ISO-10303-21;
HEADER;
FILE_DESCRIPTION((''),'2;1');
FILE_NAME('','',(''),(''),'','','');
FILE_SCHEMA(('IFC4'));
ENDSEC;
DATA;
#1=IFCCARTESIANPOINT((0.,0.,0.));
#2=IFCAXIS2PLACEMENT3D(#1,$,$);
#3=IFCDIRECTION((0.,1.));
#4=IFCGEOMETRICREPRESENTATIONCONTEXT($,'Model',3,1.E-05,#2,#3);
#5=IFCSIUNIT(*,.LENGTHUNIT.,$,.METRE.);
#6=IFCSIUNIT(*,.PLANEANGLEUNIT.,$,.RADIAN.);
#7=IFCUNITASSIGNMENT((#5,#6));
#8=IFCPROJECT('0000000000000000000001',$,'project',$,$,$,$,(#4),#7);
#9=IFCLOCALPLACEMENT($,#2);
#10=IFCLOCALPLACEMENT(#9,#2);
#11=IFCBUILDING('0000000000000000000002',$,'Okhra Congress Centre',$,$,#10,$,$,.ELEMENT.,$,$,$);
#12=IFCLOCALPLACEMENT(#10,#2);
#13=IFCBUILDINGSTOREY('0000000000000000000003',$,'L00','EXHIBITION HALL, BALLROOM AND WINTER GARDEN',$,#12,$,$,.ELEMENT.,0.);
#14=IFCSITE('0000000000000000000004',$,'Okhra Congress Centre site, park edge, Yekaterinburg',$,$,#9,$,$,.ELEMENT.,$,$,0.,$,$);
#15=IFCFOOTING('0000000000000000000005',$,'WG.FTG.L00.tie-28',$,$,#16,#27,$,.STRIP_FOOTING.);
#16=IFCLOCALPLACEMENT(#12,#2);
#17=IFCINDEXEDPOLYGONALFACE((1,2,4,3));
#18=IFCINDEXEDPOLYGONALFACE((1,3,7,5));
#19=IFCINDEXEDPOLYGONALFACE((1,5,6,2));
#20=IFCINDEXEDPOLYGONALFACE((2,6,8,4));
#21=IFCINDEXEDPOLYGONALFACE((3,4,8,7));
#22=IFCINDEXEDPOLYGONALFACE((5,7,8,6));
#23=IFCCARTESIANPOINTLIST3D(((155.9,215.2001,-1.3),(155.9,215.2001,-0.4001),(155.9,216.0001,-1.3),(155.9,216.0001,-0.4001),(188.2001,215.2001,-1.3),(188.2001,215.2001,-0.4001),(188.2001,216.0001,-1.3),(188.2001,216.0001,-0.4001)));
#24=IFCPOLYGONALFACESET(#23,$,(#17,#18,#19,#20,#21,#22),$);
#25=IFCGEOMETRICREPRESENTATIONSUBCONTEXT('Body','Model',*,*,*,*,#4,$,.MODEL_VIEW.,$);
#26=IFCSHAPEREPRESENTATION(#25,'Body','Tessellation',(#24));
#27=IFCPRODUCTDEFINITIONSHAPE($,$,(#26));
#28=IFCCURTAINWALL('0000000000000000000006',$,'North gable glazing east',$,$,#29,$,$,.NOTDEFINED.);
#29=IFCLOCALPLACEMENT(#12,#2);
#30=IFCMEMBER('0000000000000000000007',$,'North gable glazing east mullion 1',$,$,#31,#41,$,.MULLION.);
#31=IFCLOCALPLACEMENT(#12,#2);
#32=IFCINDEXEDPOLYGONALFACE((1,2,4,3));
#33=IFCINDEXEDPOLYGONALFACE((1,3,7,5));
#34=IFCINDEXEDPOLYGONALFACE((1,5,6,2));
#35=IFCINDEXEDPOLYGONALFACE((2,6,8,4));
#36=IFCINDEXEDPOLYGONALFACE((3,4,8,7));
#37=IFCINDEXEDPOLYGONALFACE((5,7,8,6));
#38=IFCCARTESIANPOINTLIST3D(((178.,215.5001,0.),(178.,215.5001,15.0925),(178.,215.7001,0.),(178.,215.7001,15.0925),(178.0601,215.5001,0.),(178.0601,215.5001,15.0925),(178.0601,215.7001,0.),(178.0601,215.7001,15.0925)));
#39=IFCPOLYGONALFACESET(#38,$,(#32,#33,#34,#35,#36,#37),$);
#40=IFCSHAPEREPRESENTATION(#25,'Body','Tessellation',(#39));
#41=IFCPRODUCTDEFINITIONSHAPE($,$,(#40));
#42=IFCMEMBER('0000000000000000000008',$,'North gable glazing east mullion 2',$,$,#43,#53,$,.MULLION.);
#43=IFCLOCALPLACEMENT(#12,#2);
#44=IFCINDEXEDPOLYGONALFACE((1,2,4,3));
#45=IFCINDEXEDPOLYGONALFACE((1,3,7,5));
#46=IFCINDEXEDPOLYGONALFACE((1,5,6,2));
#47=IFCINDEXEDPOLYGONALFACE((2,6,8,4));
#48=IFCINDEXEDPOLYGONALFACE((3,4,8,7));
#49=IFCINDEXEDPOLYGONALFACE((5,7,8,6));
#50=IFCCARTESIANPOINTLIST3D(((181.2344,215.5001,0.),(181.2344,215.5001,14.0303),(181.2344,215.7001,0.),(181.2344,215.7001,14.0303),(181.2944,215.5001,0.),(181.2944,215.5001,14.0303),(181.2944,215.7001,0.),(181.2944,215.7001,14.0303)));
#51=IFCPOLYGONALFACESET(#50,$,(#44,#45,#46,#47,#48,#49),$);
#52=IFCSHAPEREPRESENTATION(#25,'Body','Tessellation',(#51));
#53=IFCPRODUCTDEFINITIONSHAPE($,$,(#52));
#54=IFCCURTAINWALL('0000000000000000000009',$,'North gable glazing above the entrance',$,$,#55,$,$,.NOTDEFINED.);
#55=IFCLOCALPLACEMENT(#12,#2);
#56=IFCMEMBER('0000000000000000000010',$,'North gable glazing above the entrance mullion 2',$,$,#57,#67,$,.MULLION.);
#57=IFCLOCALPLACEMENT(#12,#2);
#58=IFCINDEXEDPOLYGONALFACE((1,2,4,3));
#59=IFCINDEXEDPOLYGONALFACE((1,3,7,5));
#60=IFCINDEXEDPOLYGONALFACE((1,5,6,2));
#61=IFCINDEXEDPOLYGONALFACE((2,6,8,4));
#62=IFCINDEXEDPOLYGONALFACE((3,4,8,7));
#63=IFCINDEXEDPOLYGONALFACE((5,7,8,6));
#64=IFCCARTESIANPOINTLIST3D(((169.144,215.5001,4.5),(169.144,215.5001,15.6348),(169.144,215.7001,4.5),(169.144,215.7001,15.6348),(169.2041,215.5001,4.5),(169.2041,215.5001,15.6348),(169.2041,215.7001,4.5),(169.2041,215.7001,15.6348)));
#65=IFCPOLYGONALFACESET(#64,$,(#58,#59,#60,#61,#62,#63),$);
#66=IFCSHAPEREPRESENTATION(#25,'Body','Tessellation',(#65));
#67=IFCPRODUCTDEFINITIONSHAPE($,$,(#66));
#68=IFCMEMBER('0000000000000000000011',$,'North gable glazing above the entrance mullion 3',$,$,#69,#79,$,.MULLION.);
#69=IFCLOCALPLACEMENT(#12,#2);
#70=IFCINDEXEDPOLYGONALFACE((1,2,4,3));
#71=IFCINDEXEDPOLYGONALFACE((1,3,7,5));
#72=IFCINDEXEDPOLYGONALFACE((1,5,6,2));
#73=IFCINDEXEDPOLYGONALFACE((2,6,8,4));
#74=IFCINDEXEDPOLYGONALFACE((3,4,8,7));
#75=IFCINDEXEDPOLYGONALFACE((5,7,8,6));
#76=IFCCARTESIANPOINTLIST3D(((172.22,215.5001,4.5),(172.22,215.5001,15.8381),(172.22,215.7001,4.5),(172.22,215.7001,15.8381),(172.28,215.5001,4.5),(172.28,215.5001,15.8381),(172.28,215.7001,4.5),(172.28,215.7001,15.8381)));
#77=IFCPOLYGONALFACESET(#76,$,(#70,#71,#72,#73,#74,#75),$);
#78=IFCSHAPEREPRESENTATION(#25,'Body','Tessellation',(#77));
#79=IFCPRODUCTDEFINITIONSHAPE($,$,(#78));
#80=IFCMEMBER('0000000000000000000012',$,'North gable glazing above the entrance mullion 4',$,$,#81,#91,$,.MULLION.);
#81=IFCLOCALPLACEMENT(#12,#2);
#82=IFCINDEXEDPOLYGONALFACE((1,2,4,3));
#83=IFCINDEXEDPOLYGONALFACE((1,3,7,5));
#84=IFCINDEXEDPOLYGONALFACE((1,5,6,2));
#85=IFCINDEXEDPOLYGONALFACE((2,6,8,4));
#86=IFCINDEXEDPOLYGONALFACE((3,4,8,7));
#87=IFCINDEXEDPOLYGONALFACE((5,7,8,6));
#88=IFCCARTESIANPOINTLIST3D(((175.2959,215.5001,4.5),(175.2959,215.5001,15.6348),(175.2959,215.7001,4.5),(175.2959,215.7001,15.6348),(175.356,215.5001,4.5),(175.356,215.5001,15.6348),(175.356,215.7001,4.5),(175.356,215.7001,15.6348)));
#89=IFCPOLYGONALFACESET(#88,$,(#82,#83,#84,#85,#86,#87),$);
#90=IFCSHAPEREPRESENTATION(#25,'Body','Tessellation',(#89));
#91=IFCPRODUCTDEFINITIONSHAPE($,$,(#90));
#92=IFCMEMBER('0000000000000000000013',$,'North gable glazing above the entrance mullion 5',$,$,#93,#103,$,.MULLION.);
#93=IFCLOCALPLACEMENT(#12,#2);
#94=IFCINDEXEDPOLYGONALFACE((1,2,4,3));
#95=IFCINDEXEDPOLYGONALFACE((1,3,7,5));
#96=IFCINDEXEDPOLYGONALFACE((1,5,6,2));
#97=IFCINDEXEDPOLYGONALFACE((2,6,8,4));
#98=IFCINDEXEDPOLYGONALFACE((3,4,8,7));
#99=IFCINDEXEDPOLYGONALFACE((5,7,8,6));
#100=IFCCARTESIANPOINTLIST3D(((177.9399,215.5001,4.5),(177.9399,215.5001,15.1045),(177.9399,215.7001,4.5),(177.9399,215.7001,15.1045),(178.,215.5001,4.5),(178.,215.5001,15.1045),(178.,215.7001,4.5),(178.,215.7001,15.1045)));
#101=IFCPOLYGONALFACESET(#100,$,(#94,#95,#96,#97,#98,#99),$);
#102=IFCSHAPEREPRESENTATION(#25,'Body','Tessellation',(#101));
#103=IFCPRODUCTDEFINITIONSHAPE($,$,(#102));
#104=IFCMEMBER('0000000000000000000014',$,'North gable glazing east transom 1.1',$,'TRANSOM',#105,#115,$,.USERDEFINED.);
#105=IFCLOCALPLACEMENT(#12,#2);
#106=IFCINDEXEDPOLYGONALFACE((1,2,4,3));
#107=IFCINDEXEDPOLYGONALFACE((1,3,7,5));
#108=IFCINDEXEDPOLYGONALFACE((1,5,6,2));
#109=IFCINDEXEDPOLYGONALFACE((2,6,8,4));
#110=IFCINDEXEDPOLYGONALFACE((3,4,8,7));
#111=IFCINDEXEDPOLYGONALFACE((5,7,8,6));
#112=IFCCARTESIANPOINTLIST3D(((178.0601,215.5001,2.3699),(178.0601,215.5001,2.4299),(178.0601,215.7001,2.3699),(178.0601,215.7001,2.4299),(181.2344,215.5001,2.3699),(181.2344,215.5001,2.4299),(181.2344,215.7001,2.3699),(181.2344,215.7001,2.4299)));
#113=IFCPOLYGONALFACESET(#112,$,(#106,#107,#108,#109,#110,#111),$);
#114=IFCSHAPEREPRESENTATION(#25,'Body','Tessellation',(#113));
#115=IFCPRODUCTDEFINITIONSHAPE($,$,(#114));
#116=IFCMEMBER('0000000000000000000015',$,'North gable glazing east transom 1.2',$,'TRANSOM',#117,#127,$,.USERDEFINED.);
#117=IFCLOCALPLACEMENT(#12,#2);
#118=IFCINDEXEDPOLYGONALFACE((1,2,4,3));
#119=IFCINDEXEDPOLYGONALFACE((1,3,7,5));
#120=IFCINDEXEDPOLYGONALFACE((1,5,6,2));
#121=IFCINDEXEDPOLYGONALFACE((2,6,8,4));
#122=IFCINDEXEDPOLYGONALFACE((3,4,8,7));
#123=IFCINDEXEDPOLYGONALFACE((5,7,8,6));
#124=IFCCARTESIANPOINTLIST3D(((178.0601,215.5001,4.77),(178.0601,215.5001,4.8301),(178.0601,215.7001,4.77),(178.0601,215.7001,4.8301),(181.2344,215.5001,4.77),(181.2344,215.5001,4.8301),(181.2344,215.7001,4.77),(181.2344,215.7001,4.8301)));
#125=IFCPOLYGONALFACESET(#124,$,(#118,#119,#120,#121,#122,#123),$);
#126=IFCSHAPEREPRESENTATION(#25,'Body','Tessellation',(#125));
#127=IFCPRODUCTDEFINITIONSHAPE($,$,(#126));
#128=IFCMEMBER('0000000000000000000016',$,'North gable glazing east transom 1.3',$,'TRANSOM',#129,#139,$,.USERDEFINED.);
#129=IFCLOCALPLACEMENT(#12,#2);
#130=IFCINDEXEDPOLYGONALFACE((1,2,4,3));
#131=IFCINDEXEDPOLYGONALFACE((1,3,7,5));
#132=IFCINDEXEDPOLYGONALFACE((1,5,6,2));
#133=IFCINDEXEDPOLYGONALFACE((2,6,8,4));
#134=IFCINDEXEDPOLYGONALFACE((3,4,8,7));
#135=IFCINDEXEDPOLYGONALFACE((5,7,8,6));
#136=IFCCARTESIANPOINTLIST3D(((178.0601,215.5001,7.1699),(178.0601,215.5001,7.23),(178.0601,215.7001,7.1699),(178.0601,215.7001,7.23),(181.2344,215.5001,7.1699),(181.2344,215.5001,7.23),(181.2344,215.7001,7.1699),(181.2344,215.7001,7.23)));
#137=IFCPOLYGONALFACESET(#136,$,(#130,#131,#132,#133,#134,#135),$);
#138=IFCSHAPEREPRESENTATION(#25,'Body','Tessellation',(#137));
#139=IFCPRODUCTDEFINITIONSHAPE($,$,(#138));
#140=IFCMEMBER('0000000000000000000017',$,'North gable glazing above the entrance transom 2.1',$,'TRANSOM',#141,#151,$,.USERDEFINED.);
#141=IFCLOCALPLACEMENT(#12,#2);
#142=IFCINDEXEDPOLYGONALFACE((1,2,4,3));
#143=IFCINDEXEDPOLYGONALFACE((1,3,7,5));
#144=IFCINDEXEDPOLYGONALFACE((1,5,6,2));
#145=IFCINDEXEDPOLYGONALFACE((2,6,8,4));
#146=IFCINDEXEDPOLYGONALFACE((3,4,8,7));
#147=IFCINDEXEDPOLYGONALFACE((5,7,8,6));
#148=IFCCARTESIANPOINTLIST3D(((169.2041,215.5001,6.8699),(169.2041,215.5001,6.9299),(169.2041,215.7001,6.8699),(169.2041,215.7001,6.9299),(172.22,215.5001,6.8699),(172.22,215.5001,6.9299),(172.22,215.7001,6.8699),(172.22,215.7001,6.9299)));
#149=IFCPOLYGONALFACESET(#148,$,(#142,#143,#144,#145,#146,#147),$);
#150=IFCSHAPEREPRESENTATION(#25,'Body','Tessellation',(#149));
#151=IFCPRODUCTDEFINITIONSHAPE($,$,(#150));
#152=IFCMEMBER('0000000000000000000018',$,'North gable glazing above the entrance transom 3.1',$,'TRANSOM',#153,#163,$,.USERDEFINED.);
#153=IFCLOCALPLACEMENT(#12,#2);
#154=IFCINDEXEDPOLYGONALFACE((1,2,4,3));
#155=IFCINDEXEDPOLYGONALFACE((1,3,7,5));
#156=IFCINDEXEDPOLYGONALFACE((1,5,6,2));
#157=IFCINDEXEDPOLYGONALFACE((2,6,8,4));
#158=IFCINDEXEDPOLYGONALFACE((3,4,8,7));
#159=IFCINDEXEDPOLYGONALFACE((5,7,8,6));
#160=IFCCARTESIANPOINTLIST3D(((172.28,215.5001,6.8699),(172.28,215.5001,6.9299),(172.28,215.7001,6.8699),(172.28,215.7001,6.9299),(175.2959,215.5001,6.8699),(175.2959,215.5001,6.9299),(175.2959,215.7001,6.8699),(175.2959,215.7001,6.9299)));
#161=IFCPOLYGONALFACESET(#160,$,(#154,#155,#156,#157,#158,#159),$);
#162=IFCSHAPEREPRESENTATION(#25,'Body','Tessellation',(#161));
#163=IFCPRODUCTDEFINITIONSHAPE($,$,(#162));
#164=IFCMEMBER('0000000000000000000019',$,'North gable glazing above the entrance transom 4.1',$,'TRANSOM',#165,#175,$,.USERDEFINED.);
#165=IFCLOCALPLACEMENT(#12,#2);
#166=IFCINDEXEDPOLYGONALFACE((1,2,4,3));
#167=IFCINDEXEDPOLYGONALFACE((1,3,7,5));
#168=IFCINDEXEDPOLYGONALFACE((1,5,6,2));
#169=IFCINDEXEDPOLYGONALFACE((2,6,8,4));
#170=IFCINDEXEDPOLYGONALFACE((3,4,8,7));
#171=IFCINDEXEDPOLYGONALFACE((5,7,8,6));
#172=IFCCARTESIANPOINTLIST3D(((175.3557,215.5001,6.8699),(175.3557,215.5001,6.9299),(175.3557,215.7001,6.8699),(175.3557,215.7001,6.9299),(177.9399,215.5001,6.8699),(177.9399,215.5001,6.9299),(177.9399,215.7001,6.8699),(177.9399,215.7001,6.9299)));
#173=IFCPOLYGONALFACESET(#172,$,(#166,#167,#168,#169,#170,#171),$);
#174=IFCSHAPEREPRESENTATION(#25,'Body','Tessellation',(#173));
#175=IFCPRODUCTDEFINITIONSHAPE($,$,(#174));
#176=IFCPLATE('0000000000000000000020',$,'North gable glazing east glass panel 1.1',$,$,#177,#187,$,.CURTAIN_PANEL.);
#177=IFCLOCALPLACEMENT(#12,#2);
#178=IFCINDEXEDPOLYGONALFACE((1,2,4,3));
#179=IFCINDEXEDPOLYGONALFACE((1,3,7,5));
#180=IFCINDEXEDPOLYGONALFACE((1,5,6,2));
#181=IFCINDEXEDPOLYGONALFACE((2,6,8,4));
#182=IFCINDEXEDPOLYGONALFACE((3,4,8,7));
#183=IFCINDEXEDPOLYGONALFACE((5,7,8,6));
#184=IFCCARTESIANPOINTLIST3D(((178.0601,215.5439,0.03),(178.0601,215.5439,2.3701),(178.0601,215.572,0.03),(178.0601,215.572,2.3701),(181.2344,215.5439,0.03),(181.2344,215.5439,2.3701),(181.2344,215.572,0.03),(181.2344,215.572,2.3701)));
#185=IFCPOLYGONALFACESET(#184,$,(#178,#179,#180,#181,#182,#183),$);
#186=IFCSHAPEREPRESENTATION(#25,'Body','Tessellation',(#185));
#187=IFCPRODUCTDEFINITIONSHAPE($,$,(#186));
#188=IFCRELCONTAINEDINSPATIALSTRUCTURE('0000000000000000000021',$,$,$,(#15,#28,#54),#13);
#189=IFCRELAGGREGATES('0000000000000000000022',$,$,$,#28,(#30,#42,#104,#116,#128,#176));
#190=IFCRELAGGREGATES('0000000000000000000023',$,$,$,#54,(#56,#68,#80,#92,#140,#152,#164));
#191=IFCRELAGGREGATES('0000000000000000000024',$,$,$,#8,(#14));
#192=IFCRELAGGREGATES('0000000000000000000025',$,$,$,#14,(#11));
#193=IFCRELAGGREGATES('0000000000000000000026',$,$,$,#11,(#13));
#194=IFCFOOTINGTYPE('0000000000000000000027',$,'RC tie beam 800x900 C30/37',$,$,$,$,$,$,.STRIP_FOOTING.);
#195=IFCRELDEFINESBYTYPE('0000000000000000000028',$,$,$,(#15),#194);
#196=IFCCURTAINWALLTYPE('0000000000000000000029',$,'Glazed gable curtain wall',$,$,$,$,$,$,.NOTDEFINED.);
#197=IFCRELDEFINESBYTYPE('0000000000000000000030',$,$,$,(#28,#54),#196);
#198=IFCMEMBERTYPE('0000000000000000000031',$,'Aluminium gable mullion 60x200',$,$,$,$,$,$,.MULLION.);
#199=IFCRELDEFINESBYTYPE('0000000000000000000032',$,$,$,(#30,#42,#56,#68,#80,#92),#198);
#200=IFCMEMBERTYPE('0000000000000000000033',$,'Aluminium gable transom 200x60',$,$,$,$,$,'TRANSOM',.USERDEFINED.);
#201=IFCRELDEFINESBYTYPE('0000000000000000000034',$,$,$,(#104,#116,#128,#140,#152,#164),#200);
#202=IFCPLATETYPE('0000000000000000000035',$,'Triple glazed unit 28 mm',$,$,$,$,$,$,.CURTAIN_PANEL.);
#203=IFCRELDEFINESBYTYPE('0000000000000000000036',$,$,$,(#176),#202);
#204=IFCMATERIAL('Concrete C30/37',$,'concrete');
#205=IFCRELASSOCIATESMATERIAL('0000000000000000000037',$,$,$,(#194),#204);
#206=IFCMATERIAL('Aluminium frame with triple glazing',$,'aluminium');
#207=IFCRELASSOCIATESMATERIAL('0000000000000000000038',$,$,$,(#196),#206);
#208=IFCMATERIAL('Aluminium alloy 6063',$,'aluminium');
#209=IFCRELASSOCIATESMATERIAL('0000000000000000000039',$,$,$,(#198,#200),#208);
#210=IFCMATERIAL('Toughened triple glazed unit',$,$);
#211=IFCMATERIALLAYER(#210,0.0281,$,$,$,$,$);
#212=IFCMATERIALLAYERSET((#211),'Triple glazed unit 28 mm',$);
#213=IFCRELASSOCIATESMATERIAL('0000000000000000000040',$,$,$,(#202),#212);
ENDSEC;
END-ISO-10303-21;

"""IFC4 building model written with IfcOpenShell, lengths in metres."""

from ifc_helpers import new_model, si_unit, direction, frame, origin, origin_2d, place, context, subcontext, project, spatial, polyline, rectangle, outline, extrude, material, layer, layer_set, material_profile, profile_set, type_object, element, aggregate, save


model = new_model("IFC4")

# Units and contexts
model_context = context("Model", 3, precision=1e-05, world=origin(), true_north=direction((0.0, 1.0)))
body_context = subcontext(model_context, "Body", "Model", "MODEL_VIEW")
ifc_project = project(units=[si_unit("LENGTHUNIT", "METRE"), si_unit("PLANEANGLEUNIT", "RADIAN")], contexts=[model_context])

# Site, building, storey
site_placement = place(None, origin())
site = spatial("IfcSite", under=ifc_project, at=site_placement, Name="Okhra Congress Centre site, park edge, Yekaterinburg", CompositionType="ELEMENT", RefElevation=0.0)
building_placement = place(site_placement, origin())
building = spatial("IfcBuilding", under=site, at=building_placement, Name="Okhra Congress Centre", CompositionType="ELEMENT")
storey_placement = place(building_placement, origin())
storey = spatial("IfcBuildingStorey", under=building, at=storey_placement, Name="L00", Description="EXHIBITION HALL, BALLROOM AND WINTER GARDEN", CompositionType="ELEMENT", Elevation=0.0)

# Footing
ifc_material_1 = material(Name="Concrete C30/37", Category="concrete")
footing_type = type_object("IfcFootingType", Name="RC tie beam 800x900 C30/37", PredefinedType="STRIP_FOOTING", material=ifc_material_1)
footing_placement = place(storey_placement, frame((172.05, 215.6001, -1.3), z_axis=(0.0, 0.0, 1.0), x_axis=(1.0, 0.0, 0.0)))
element("IfcFooting", 1, at=footing_placement, inside=storey, type_object=footing_type, Name="WG.FTG.L00.tie-28", PredefinedType="STRIP_FOOTING", context=body_context, shape_type="SweptSolid", body=[
    extrude(rectangle(XDim=32.3, YDim=0.8, at=origin_2d()), origin(), (0.0, 0.0, 1.0), 0.8999),
])

# Curtain walls, members
ifc_material_2 = material(Name="Aluminium frame with triple glazing", Category="aluminium")
curtain_wall_type = type_object("IfcCurtainWallType", Name="Glazed gable curtain wall", PredefinedType="NOTDEFINED", material=ifc_material_2)
curtain_wall_1_placement = place(storey_placement, origin())
curtain_wall_1 = element("IfcCurtainWall", 2, at=curtain_wall_1_placement, inside=storey, type_object=curtain_wall_type, Name="North gable glazing east", PredefinedType="NOTDEFINED")
ifc_material_3 = material(Name="Aluminium alloy 6063", Category="aluminium")
ifc_material_profile_1 = material_profile(ifc_material_3, rectangle(XDim=0.0601, YDim=0.2, at=origin_2d()), Name="AL 60x200 gable")
ifc_profile_set_1 = profile_set([ifc_material_profile_1], Name="Aluminium alloy 6063")
member_type_1 = type_object("IfcMemberType", Name="Aluminium gable mullion 60x200", PredefinedType="MULLION", material=ifc_profile_set_1)
member_1_placement = place(storey_placement, frame((178.03, 215.6001, 0.0), z_axis=(0.0, 0.0, 1.0), x_axis=(1.0, 0.0, 0.0)))
member_1 = element("IfcMember", 3, at=member_1_placement, type_object=member_type_1, Name="North gable glazing east mullion 1", PredefinedType="MULLION", context=body_context, shape_type="SweptSolid", body=[
    extrude(rectangle(XDim=0.0601, YDim=0.2, at=origin_2d()), origin(), (0.0, 0.0, 1.0), 15.0925),
])
member_2_placement = place(storey_placement, frame((181.2644, 215.6001, 0.0), z_axis=(0.0, 0.0, 1.0), x_axis=(1.0, 0.0, 0.0)))
member_2 = element("IfcMember", 4, at=member_2_placement, type_object=member_type_1, Name="North gable glazing east mullion 2", PredefinedType="MULLION", context=body_context, shape_type="SweptSolid", body=[
    extrude(rectangle(XDim=0.0601, YDim=0.2, at=origin_2d()), origin(), (0.0, 0.0, 1.0), 14.0303),
])
curtain_wall_2_placement = place(storey_placement, origin())
curtain_wall_2 = element("IfcCurtainWall", 5, at=curtain_wall_2_placement, inside=storey, type_object=curtain_wall_type, Name="North gable glazing above the entrance", PredefinedType="NOTDEFINED")
member_3_placement = place(storey_placement, frame((169.1741, 215.6001, 4.5), z_axis=(0.0, 0.0, 1.0), x_axis=(1.0, 0.0, 0.0)))
member_3 = element("IfcMember", 6, at=member_3_placement, type_object=member_type_1, Name="North gable glazing above the entrance mullion 2", PredefinedType="MULLION", context=body_context, shape_type="SweptSolid", body=[
    extrude(rectangle(XDim=0.0601, YDim=0.2, at=origin_2d()), origin(), (0.0, 0.0, 1.0), 11.1348),
])
member_4_placement = place(storey_placement, frame((172.25, 215.6001, 4.5), z_axis=(0.0, 0.0, 1.0), x_axis=(1.0, 0.0, 0.0)))
member_4 = element("IfcMember", 7, at=member_4_placement, type_object=member_type_1, Name="North gable glazing above the entrance mullion 3", PredefinedType="MULLION", context=body_context, shape_type="SweptSolid", body=[
    extrude(rectangle(XDim=0.0601, YDim=0.2, at=origin_2d()), origin(), (0.0, 0.0, 1.0), 11.3381),
])
member_5_placement = place(storey_placement, frame((175.3259, 215.6001, 4.5), z_axis=(0.0, 0.0, 1.0), x_axis=(1.0, 0.0, 0.0)))
member_5 = element("IfcMember", 8, at=member_5_placement, type_object=member_type_1, Name="North gable glazing above the entrance mullion 4", PredefinedType="MULLION", context=body_context, shape_type="SweptSolid", body=[
    extrude(rectangle(XDim=0.0601, YDim=0.2, at=origin_2d()), origin(), (0.0, 0.0, 1.0), 11.1348),
])
member_6_placement = place(storey_placement, frame((177.97, 215.6001, 4.5), z_axis=(0.0, 0.0, 1.0), x_axis=(1.0, 0.0, 0.0)))
member_6 = element("IfcMember", 9, at=member_6_placement, type_object=member_type_1, Name="North gable glazing above the entrance mullion 5", PredefinedType="MULLION", context=body_context, shape_type="SweptSolid", body=[
    extrude(rectangle(XDim=0.0601, YDim=0.2, at=origin_2d()), origin(), (0.0, 0.0, 1.0), 10.6045),
])

# Members
ifc_material_profile_2 = material_profile(ifc_material_3, rectangle(XDim=0.2, YDim=0.0601, at=origin_2d()), Name="AL 200x60 gable transom")
ifc_profile_set_2 = profile_set([ifc_material_profile_2], Name="Aluminium alloy 6063")
member_type_2 = type_object("IfcMemberType", Name="Aluminium gable transom 200x60", ElementType="TRANSOM", PredefinedType="USERDEFINED", material=ifc_profile_set_2)
member_7_placement = place(storey_placement, frame((178.0601, 215.6001, 2.3999), z_axis=(1.0, 0.0, 0.0), x_axis=(0.0, 1.0, 0.0)))
member_7 = element("IfcMember", 10, at=member_7_placement, type_object=member_type_2, Name="North gable glazing east transom 1.1", ObjectType="TRANSOM", PredefinedType="USERDEFINED", context=body_context, shape_type="SweptSolid", body=[
    extrude(rectangle(XDim=0.2, YDim=0.0601, at=origin_2d()), origin(), (0.0, 0.0, 1.0), 3.1743),
])
member_8_placement = place(storey_placement, frame((178.0601, 215.6001, 4.8), z_axis=(1.0, 0.0, 0.0), x_axis=(0.0, 1.0, 0.0)))
member_8 = element("IfcMember", 11, at=member_8_placement, type_object=member_type_2, Name="North gable glazing east transom 1.2", ObjectType="TRANSOM", PredefinedType="USERDEFINED", context=body_context, shape_type="SweptSolid", body=[
    extrude(rectangle(XDim=0.2, YDim=0.0601, at=origin_2d()), origin(), (0.0, 0.0, 1.0), 3.1743),
])
member_9_placement = place(storey_placement, frame((178.0601, 215.6001, 7.2), z_axis=(1.0, 0.0, 0.0), x_axis=(0.0, 1.0, 0.0)))
member_9 = element("IfcMember", 12, at=member_9_placement, type_object=member_type_2, Name="North gable glazing east transom 1.3", ObjectType="TRANSOM", PredefinedType="USERDEFINED", context=body_context, shape_type="SweptSolid", body=[
    extrude(rectangle(XDim=0.2, YDim=0.0601, at=origin_2d()), origin(), (0.0, 0.0, 1.0), 3.1743),
])
member_10_placement = place(storey_placement, frame((169.2041, 215.6001, 6.8999), z_axis=(1.0, 0.0, 0.0), x_axis=(0.0, 1.0, 0.0)))
member_10 = element("IfcMember", 13, at=member_10_placement, type_object=member_type_2, Name="North gable glazing above the entrance transom 2.1", ObjectType="TRANSOM", PredefinedType="USERDEFINED", context=body_context, shape_type="SweptSolid", body=[
    extrude(rectangle(XDim=0.2, YDim=0.0601, at=origin_2d()), origin(), (0.0, 0.0, 1.0), 3.0159),
])
member_11_placement = place(storey_placement, frame((172.28, 215.6001, 6.8999), z_axis=(1.0, 0.0, 0.0), x_axis=(0.0, 1.0, 0.0)))
member_11 = element("IfcMember", 14, at=member_11_placement, type_object=member_type_2, Name="North gable glazing above the entrance transom 3.1", ObjectType="TRANSOM", PredefinedType="USERDEFINED", context=body_context, shape_type="SweptSolid", body=[
    extrude(rectangle(XDim=0.2, YDim=0.0601, at=origin_2d()), origin(), (0.0, 0.0, 1.0), 3.0159),
])
member_12_placement = place(storey_placement, frame((175.3557, 215.6001, 6.8999), z_axis=(1.0, 0.0, 0.0), x_axis=(0.0, 1.0, 0.0)))
member_12 = element("IfcMember", 15, at=member_12_placement, type_object=member_type_2, Name="North gable glazing above the entrance transom 4.1", ObjectType="TRANSOM", PredefinedType="USERDEFINED", context=body_context, shape_type="SweptSolid", body=[
    extrude(rectangle(XDim=0.2, YDim=0.0601, at=origin_2d()), origin(), (0.0, 0.0, 1.0), 2.5842),
])

# Plate
ifc_material_4 = material(Name="Toughened triple glazed unit")
ifc_layer = layer(ifc_material_4, 0.0281)
ifc_layer_set = layer_set([ifc_layer], Name="Triple glazed unit 28 mm")
plate_type = type_object("IfcPlateType", Name="Triple glazed unit 28 mm", PredefinedType="CURTAIN_PANEL", material=ifc_layer_set)
plate_1_placement = place(storey_placement, frame((181.2344, 215.572, 0.03), z_axis=(0.0, 1.0, 0.0), x_axis=(-1.0, 0.0, 0.0)))
plate_1 = element("IfcPlate", 16, at=plate_1_placement, type_object=plate_type, Name="North gable glazing east glass panel 1.1", PredefinedType="CURTAIN_PANEL", context=body_context, shape_type="SweptSolid", body=[
    extrude(outline(polyline([(0.0, 0.0), (3.1743, 0.0), (3.1743, 2.3401), (0.0, 2.3401), (0.0, 0.0)])), origin(), (0.0, 0.0, -1.0), 0.0281),
])
aggregate(curtain_wall_1, [member_1, member_2, member_7, member_8, member_9, plate_1])
aggregate(curtain_wall_2, [member_3, member_4, member_5, member_6, member_10, member_11, member_12])

save(model, "model.ifc")
